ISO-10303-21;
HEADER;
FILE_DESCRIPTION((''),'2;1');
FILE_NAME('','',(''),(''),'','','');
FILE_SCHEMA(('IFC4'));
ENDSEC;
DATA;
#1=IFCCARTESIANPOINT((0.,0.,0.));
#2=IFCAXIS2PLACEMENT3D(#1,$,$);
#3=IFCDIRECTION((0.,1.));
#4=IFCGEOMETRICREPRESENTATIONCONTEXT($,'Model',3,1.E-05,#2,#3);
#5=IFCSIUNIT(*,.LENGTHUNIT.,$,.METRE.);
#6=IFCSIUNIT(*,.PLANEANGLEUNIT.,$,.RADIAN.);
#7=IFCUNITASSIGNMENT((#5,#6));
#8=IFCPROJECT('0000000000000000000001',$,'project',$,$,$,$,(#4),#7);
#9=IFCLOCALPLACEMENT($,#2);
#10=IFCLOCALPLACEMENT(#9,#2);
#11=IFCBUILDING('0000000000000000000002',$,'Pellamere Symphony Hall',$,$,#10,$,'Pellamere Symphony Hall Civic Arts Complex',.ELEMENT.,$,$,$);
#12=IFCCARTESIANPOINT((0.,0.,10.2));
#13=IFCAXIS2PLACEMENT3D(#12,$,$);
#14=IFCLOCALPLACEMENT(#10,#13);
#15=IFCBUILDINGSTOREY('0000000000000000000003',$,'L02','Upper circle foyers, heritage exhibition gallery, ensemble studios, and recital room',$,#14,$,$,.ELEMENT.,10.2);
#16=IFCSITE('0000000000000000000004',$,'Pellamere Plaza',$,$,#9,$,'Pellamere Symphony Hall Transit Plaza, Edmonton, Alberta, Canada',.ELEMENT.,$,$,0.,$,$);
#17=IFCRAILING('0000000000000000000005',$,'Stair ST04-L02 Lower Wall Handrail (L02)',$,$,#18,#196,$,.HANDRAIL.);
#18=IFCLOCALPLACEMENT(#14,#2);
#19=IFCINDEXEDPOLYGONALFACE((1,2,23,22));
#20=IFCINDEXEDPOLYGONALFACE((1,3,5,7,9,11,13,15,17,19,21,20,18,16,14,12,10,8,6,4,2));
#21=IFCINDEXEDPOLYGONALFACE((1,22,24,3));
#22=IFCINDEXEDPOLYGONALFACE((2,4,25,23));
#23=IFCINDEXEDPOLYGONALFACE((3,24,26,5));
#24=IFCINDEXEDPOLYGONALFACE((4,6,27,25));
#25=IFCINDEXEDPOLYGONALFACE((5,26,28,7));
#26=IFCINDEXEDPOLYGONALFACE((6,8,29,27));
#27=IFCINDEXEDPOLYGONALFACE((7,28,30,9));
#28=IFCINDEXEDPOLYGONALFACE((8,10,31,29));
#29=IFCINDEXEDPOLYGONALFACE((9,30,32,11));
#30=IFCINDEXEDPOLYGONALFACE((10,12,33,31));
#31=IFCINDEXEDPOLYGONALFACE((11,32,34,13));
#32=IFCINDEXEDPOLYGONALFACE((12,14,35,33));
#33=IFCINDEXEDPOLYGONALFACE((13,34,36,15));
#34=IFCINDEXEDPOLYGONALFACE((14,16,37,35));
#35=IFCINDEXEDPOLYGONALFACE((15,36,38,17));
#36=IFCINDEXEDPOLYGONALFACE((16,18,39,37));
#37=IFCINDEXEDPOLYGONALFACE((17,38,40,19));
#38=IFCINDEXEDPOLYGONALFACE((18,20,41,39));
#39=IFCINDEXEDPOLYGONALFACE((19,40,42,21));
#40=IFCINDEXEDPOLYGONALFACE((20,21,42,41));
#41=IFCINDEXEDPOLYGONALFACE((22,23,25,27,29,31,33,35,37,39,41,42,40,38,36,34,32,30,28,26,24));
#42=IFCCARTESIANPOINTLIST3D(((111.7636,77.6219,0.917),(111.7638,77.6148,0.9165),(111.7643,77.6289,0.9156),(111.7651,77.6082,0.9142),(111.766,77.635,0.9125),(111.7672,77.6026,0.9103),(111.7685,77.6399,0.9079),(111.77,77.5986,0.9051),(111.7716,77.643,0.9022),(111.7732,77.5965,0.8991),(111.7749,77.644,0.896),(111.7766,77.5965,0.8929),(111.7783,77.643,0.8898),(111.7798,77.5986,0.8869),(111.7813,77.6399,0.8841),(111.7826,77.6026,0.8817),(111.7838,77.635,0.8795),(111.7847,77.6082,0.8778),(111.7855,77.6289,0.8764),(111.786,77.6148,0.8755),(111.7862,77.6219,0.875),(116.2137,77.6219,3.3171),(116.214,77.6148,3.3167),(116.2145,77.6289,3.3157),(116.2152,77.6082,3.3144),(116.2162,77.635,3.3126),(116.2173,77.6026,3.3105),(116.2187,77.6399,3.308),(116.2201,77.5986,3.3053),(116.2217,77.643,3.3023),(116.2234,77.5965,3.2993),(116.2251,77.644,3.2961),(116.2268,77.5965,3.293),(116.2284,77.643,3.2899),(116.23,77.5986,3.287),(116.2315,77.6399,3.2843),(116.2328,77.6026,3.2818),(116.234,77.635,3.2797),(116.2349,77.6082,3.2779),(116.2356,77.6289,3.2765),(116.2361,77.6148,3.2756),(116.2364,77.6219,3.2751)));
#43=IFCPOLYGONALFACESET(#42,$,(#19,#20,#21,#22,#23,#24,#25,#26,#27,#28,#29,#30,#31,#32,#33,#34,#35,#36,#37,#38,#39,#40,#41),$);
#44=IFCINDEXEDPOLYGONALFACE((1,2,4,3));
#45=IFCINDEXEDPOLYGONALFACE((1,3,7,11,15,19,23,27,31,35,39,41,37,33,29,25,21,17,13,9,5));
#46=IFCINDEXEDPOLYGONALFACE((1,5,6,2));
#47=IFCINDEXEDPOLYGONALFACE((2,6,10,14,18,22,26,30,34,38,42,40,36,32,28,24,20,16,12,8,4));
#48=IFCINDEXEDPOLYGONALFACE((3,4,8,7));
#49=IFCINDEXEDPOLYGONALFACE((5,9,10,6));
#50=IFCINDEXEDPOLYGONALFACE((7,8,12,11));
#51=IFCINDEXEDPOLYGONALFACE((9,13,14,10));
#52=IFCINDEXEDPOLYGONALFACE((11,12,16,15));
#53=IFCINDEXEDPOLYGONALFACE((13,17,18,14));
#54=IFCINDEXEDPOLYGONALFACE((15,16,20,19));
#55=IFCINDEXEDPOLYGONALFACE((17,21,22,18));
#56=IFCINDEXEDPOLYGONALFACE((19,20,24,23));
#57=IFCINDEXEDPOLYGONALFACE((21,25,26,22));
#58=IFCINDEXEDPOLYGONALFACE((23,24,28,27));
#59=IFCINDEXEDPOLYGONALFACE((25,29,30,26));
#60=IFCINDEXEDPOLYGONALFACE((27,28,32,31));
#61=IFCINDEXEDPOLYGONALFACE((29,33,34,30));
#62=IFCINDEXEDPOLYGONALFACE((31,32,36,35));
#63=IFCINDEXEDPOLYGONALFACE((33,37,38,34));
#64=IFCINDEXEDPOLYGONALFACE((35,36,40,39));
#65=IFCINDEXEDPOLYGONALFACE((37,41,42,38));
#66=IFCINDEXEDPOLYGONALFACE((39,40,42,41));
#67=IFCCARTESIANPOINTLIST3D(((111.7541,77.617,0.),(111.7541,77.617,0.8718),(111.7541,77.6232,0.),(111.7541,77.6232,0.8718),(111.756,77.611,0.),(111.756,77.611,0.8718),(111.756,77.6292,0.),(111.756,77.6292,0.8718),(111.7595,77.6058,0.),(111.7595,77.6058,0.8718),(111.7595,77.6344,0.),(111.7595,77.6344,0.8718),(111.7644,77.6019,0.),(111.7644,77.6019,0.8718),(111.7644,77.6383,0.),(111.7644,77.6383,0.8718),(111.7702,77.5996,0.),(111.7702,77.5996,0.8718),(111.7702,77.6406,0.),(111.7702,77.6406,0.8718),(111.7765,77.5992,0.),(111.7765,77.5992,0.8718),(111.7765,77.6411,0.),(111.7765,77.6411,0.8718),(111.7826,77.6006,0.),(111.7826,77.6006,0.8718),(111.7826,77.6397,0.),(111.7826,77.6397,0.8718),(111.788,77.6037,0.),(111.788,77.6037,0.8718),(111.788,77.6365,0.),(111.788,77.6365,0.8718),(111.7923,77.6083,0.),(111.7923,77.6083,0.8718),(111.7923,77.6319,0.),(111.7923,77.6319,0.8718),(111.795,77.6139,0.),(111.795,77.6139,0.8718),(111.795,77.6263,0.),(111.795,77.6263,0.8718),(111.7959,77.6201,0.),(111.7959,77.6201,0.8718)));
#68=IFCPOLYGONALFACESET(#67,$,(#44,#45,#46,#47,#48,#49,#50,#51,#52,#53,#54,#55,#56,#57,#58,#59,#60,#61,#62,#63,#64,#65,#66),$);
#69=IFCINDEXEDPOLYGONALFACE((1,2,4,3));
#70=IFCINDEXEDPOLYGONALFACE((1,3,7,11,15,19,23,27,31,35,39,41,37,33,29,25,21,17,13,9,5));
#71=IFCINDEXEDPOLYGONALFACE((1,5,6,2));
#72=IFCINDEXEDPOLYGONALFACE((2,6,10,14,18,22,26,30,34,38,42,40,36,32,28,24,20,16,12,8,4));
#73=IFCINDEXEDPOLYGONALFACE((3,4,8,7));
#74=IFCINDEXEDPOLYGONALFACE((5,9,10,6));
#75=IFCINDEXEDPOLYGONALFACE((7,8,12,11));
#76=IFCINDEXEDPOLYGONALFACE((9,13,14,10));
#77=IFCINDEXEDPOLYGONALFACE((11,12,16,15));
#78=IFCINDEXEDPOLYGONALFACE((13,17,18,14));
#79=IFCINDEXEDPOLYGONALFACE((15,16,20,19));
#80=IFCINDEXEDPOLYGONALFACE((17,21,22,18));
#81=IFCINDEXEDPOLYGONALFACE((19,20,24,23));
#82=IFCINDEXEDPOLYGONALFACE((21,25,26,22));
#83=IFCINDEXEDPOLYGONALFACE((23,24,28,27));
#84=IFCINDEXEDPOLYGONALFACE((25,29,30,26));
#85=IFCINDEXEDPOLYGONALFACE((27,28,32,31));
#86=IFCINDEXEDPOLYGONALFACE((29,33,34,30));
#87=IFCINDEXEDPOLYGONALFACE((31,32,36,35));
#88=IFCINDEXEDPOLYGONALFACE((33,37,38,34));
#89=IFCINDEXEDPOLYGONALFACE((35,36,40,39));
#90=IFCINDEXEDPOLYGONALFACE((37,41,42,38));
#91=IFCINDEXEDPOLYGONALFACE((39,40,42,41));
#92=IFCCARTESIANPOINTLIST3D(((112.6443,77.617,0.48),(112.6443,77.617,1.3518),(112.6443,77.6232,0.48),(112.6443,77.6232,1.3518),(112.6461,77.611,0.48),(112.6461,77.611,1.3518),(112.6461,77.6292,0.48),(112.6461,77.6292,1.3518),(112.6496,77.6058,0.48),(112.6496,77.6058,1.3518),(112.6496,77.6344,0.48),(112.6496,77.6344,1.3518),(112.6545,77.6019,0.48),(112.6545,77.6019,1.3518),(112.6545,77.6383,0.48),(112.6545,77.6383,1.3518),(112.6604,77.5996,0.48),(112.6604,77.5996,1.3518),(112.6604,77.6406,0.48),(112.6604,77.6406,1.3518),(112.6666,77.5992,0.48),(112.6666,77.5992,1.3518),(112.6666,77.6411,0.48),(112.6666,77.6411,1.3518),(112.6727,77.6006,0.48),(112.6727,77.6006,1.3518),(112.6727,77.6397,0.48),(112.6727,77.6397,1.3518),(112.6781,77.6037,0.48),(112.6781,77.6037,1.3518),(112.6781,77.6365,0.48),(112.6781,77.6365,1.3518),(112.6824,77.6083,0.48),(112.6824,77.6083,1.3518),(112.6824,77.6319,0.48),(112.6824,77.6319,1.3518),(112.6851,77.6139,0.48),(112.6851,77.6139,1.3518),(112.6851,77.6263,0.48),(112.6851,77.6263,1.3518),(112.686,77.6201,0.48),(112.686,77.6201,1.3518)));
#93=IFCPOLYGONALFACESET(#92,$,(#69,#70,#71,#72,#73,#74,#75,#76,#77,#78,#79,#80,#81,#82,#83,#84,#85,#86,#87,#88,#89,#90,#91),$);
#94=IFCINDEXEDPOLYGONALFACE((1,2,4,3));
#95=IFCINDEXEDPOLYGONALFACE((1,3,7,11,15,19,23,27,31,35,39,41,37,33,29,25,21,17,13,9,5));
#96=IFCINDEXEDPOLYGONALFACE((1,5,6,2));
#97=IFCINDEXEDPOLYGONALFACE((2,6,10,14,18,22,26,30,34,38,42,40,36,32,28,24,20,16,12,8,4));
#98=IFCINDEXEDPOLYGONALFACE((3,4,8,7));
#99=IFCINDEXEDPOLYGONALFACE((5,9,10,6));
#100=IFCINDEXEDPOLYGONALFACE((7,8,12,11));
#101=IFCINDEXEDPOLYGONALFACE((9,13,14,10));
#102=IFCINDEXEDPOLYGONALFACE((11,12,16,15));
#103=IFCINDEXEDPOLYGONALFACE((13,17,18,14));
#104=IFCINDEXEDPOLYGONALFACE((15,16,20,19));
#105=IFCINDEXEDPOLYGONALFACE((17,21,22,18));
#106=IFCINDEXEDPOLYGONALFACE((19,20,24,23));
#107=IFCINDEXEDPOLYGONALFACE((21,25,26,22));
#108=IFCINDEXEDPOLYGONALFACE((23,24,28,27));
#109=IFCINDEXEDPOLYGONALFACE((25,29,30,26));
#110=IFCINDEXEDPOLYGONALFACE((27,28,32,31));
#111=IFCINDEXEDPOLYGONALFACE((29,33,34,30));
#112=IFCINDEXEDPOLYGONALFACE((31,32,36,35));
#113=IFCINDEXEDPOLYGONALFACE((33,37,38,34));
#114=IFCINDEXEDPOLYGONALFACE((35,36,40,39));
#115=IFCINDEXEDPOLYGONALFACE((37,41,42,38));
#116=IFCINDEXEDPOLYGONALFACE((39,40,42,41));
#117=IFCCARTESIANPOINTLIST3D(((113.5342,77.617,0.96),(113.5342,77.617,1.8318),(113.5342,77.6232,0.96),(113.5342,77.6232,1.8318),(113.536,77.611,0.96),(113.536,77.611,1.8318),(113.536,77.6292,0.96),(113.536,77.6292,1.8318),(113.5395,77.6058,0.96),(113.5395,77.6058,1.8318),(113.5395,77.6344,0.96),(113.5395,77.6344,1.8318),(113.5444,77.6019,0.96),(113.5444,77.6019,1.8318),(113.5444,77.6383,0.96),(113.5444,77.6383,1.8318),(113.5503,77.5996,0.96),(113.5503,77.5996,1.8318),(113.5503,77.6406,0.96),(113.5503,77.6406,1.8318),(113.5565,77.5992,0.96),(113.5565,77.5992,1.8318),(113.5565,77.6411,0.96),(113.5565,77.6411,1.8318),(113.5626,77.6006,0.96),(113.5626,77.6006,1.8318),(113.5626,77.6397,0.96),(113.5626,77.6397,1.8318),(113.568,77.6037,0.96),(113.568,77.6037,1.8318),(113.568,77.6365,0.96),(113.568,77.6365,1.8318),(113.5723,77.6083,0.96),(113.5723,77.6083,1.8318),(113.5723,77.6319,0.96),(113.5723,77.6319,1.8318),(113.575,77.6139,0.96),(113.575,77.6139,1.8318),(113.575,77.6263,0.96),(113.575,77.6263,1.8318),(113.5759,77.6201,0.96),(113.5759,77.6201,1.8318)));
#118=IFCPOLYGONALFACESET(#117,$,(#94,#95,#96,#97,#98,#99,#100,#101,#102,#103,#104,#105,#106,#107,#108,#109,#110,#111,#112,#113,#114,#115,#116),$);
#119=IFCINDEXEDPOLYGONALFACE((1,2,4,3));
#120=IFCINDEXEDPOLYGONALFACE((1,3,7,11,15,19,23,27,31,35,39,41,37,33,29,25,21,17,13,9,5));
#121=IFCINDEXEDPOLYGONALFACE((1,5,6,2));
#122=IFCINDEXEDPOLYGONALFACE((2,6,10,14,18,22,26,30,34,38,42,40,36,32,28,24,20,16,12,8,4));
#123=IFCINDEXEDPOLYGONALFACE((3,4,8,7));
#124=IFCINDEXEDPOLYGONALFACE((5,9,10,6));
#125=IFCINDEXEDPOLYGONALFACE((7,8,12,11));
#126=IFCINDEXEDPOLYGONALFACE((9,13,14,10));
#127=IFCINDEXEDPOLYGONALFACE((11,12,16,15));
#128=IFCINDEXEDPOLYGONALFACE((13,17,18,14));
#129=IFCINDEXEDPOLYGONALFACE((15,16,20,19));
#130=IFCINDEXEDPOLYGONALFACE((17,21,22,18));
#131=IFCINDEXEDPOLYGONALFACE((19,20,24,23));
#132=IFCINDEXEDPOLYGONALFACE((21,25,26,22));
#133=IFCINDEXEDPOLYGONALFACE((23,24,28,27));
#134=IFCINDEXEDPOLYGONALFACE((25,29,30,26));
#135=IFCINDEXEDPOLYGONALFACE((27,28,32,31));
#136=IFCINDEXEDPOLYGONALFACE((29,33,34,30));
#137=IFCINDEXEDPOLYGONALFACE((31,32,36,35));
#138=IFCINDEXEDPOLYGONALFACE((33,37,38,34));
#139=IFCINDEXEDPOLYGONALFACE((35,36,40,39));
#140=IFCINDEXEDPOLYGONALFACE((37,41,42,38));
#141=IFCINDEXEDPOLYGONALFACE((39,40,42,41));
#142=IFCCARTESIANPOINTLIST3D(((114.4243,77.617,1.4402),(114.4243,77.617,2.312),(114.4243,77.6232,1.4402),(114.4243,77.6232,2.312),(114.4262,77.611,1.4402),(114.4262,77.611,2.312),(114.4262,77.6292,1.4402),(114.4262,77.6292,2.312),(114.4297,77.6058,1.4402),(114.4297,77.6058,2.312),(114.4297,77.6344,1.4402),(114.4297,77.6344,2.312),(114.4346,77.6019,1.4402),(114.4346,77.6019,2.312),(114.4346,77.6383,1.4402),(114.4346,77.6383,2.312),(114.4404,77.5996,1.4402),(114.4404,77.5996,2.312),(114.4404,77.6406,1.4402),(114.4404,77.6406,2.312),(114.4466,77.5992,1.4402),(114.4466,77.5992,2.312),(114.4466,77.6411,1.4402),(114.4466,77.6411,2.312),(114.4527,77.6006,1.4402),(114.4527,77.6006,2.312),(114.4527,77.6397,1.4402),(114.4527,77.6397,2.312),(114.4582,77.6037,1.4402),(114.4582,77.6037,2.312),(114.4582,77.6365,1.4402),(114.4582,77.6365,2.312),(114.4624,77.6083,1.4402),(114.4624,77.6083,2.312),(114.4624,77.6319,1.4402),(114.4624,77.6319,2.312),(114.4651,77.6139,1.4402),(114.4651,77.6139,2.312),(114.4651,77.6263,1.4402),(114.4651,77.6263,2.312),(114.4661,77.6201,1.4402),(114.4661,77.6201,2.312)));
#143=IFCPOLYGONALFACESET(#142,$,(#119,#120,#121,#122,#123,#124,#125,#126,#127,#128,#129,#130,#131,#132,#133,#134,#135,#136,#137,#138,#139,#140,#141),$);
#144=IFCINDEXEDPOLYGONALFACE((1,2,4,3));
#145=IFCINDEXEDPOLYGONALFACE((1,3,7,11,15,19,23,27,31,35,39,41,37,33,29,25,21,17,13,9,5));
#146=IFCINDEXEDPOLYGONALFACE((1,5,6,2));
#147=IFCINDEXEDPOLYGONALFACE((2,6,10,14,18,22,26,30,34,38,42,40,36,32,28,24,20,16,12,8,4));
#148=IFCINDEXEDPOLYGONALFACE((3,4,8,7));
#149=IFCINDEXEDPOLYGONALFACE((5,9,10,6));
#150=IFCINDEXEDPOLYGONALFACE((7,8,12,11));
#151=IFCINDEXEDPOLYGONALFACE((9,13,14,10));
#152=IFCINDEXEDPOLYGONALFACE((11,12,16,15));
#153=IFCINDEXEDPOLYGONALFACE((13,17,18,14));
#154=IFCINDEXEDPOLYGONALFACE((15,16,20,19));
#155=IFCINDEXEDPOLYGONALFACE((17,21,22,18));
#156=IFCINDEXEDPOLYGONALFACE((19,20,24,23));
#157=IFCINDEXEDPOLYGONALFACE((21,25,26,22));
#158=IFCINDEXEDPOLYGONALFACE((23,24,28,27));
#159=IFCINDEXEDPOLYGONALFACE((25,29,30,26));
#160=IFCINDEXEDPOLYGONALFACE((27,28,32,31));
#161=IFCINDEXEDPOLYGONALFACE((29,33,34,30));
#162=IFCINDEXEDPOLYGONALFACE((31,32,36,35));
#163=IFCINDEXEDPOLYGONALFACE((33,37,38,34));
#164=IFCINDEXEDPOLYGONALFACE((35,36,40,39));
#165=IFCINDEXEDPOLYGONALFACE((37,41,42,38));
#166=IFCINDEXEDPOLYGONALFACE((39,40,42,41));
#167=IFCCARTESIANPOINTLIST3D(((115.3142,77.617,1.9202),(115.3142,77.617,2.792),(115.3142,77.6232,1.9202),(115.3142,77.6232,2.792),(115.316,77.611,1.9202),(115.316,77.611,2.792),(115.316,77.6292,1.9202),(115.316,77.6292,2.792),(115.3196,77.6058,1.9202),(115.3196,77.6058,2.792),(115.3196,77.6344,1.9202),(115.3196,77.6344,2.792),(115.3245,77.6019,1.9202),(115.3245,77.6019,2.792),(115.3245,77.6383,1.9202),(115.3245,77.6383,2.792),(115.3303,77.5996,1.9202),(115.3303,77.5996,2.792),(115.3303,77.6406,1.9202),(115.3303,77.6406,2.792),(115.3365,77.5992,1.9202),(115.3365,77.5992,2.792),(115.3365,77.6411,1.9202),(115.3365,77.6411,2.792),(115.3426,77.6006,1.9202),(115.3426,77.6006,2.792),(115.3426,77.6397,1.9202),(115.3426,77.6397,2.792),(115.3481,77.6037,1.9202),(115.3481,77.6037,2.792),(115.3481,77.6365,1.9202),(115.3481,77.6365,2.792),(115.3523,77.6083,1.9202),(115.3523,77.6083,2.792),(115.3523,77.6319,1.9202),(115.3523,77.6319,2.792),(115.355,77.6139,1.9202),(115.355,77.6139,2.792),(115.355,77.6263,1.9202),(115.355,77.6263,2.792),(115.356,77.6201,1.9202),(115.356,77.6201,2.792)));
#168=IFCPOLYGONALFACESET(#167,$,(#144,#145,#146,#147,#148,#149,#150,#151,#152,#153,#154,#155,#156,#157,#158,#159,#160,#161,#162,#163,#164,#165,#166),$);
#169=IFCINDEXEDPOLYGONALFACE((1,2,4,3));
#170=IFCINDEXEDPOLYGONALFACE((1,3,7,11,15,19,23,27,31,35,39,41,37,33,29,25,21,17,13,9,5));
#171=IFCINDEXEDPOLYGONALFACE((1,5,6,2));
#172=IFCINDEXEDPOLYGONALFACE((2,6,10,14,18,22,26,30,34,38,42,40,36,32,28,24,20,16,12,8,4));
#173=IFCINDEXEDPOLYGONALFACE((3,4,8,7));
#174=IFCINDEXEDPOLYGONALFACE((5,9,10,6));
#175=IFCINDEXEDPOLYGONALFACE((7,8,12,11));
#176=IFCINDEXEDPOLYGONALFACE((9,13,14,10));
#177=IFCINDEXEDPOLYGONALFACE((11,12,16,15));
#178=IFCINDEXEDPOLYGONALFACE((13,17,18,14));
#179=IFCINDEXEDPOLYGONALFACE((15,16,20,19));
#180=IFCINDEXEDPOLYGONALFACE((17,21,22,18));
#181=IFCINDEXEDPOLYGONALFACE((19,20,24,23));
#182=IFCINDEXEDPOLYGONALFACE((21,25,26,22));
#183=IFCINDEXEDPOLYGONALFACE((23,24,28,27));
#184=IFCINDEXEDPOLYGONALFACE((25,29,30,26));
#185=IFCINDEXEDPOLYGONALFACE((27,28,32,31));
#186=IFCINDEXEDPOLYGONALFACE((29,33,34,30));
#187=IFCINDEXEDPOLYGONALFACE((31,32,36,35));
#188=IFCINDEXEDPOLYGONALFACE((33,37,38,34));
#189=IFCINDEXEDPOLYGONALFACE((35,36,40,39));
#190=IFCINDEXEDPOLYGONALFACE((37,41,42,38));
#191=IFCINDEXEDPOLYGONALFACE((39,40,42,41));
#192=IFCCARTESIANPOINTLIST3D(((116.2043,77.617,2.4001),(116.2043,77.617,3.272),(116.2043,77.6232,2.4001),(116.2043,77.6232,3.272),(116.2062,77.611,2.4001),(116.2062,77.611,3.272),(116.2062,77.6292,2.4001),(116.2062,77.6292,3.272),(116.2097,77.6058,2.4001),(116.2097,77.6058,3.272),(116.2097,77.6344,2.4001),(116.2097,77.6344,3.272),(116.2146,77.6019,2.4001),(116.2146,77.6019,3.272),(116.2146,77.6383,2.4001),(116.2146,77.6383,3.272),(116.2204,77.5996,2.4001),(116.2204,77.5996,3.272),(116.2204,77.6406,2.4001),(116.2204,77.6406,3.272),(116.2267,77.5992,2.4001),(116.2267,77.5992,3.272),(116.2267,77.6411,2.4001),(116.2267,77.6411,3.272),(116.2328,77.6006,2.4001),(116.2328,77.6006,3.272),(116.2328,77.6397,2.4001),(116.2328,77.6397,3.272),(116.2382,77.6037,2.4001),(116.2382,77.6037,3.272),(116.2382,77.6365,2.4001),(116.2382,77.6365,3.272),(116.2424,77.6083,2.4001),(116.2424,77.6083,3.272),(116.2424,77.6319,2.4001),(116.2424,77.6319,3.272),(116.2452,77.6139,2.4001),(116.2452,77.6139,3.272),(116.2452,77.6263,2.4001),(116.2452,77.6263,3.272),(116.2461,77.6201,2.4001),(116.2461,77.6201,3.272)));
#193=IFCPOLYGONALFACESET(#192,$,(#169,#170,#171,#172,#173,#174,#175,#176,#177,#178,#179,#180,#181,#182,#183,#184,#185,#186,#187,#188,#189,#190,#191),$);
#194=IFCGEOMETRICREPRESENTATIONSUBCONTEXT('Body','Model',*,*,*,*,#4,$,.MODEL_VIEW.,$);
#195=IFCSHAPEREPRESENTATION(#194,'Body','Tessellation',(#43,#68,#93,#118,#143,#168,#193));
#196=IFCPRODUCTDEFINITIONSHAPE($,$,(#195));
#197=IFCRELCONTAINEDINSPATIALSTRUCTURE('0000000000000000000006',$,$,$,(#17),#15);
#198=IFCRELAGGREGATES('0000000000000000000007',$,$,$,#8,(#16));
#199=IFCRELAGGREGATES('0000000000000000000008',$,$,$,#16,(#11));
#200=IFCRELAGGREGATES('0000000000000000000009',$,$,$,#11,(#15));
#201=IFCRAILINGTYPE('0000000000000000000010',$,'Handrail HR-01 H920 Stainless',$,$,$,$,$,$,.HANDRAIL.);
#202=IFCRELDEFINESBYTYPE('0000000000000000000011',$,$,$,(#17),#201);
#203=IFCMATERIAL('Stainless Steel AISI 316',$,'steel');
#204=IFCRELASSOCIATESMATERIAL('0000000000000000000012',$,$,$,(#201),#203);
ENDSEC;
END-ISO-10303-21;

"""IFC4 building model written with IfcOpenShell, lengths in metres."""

from ifc_helpers import new_model, si_unit, direction, frame, origin, origin_2d, place, context, subcontext, project, spatial, circle, extrude, material, type_object, element, save


model = new_model("IFC4")

# Units and contexts
model_context = context("Model", 3, precision=1e-05, world=origin(), true_north=direction((0.0, 1.0)))
body_context = subcontext(model_context, "Body", "Model", "MODEL_VIEW")
ifc_project = project(units=[si_unit("LENGTHUNIT", "METRE"), si_unit("PLANEANGLEUNIT", "RADIAN")], contexts=[model_context])

# Site, building, storey
site_placement = place(None, origin())
site = spatial("IfcSite", under=ifc_project, at=site_placement, Name="Pellamere Plaza", LongName="Pellamere Symphony Hall Transit Plaza, Edmonton, Alberta, Canada", CompositionType="ELEMENT", RefElevation=0.0)
building_placement = place(site_placement, origin())
building = spatial("IfcBuilding", under=site, at=building_placement, Name="Pellamere Symphony Hall", LongName="Pellamere Symphony Hall Civic Arts Complex", CompositionType="ELEMENT")
storey_placement = place(building_placement, frame((0.0, 0.0, 10.2)))
storey = spatial("IfcBuildingStorey", under=building, at=storey_placement, Name="L02", Description="Upper circle foyers, heritage exhibition gallery, ensemble studios, and recital room", CompositionType="ELEMENT", Elevation=10.2)

# Railing
ifc_material_1 = material(Name="Stainless Steel AISI 316", Category="steel")
railing_type_1 = type_object("IfcRailingType", Name="Handrail HR-01 H920 Stainless", PredefinedType="HANDRAIL", material=ifc_material_1)
railing_1_placement = place(storey_placement, frame((111.7749, 77.6201, 0.0)))
element("IfcRailing", 1, at=railing_1_placement, inside=storey, type_object=railing_type_1, Name="Stair ST04-L02 Lower Wall Handrail (L02)", PredefinedType="HANDRAIL", context=body_context, shape_type="SweptSolid", body=[
    extrude(circle(Radius=0.0239, at=origin_2d()), frame((0.0, 0.0, 0.896), z_axis=(0.88015, 0.0, 0.474696), x_axis=(0.0, 1.0, 0.0)), (0.0, 0.0, 1.0), 5.0562),
    extrude(circle(Radius=0.021, at=origin_2d()), origin(), (0.0, 0.0, 1.0), 0.8718),
    extrude(circle(Radius=0.021, at=origin_2d()), frame((0.8901, 0.0, 0.48)), (0.0, 0.0, 1.0), 0.8718),
    extrude(circle(Radius=0.021, at=origin_2d()), frame((1.78, 0.0, 0.96)), (0.0, 0.0, 1.0), 0.8718),
    extrude(circle(Radius=0.021, at=origin_2d()), frame((2.6702, 0.0, 1.4402)), (0.0, 0.0, 1.0), 0.8718),
    extrude(circle(Radius=0.021, at=origin_2d()), frame((3.5601, 0.0, 1.9202)), (0.0, 0.0, 1.0), 0.8718),
    extrude(circle(Radius=0.021, at=origin_2d()), frame((4.4502, 0.0, 2.4001)), (0.0, 0.0, 1.0), 0.8718),
])

save(model, "model.ifc")
